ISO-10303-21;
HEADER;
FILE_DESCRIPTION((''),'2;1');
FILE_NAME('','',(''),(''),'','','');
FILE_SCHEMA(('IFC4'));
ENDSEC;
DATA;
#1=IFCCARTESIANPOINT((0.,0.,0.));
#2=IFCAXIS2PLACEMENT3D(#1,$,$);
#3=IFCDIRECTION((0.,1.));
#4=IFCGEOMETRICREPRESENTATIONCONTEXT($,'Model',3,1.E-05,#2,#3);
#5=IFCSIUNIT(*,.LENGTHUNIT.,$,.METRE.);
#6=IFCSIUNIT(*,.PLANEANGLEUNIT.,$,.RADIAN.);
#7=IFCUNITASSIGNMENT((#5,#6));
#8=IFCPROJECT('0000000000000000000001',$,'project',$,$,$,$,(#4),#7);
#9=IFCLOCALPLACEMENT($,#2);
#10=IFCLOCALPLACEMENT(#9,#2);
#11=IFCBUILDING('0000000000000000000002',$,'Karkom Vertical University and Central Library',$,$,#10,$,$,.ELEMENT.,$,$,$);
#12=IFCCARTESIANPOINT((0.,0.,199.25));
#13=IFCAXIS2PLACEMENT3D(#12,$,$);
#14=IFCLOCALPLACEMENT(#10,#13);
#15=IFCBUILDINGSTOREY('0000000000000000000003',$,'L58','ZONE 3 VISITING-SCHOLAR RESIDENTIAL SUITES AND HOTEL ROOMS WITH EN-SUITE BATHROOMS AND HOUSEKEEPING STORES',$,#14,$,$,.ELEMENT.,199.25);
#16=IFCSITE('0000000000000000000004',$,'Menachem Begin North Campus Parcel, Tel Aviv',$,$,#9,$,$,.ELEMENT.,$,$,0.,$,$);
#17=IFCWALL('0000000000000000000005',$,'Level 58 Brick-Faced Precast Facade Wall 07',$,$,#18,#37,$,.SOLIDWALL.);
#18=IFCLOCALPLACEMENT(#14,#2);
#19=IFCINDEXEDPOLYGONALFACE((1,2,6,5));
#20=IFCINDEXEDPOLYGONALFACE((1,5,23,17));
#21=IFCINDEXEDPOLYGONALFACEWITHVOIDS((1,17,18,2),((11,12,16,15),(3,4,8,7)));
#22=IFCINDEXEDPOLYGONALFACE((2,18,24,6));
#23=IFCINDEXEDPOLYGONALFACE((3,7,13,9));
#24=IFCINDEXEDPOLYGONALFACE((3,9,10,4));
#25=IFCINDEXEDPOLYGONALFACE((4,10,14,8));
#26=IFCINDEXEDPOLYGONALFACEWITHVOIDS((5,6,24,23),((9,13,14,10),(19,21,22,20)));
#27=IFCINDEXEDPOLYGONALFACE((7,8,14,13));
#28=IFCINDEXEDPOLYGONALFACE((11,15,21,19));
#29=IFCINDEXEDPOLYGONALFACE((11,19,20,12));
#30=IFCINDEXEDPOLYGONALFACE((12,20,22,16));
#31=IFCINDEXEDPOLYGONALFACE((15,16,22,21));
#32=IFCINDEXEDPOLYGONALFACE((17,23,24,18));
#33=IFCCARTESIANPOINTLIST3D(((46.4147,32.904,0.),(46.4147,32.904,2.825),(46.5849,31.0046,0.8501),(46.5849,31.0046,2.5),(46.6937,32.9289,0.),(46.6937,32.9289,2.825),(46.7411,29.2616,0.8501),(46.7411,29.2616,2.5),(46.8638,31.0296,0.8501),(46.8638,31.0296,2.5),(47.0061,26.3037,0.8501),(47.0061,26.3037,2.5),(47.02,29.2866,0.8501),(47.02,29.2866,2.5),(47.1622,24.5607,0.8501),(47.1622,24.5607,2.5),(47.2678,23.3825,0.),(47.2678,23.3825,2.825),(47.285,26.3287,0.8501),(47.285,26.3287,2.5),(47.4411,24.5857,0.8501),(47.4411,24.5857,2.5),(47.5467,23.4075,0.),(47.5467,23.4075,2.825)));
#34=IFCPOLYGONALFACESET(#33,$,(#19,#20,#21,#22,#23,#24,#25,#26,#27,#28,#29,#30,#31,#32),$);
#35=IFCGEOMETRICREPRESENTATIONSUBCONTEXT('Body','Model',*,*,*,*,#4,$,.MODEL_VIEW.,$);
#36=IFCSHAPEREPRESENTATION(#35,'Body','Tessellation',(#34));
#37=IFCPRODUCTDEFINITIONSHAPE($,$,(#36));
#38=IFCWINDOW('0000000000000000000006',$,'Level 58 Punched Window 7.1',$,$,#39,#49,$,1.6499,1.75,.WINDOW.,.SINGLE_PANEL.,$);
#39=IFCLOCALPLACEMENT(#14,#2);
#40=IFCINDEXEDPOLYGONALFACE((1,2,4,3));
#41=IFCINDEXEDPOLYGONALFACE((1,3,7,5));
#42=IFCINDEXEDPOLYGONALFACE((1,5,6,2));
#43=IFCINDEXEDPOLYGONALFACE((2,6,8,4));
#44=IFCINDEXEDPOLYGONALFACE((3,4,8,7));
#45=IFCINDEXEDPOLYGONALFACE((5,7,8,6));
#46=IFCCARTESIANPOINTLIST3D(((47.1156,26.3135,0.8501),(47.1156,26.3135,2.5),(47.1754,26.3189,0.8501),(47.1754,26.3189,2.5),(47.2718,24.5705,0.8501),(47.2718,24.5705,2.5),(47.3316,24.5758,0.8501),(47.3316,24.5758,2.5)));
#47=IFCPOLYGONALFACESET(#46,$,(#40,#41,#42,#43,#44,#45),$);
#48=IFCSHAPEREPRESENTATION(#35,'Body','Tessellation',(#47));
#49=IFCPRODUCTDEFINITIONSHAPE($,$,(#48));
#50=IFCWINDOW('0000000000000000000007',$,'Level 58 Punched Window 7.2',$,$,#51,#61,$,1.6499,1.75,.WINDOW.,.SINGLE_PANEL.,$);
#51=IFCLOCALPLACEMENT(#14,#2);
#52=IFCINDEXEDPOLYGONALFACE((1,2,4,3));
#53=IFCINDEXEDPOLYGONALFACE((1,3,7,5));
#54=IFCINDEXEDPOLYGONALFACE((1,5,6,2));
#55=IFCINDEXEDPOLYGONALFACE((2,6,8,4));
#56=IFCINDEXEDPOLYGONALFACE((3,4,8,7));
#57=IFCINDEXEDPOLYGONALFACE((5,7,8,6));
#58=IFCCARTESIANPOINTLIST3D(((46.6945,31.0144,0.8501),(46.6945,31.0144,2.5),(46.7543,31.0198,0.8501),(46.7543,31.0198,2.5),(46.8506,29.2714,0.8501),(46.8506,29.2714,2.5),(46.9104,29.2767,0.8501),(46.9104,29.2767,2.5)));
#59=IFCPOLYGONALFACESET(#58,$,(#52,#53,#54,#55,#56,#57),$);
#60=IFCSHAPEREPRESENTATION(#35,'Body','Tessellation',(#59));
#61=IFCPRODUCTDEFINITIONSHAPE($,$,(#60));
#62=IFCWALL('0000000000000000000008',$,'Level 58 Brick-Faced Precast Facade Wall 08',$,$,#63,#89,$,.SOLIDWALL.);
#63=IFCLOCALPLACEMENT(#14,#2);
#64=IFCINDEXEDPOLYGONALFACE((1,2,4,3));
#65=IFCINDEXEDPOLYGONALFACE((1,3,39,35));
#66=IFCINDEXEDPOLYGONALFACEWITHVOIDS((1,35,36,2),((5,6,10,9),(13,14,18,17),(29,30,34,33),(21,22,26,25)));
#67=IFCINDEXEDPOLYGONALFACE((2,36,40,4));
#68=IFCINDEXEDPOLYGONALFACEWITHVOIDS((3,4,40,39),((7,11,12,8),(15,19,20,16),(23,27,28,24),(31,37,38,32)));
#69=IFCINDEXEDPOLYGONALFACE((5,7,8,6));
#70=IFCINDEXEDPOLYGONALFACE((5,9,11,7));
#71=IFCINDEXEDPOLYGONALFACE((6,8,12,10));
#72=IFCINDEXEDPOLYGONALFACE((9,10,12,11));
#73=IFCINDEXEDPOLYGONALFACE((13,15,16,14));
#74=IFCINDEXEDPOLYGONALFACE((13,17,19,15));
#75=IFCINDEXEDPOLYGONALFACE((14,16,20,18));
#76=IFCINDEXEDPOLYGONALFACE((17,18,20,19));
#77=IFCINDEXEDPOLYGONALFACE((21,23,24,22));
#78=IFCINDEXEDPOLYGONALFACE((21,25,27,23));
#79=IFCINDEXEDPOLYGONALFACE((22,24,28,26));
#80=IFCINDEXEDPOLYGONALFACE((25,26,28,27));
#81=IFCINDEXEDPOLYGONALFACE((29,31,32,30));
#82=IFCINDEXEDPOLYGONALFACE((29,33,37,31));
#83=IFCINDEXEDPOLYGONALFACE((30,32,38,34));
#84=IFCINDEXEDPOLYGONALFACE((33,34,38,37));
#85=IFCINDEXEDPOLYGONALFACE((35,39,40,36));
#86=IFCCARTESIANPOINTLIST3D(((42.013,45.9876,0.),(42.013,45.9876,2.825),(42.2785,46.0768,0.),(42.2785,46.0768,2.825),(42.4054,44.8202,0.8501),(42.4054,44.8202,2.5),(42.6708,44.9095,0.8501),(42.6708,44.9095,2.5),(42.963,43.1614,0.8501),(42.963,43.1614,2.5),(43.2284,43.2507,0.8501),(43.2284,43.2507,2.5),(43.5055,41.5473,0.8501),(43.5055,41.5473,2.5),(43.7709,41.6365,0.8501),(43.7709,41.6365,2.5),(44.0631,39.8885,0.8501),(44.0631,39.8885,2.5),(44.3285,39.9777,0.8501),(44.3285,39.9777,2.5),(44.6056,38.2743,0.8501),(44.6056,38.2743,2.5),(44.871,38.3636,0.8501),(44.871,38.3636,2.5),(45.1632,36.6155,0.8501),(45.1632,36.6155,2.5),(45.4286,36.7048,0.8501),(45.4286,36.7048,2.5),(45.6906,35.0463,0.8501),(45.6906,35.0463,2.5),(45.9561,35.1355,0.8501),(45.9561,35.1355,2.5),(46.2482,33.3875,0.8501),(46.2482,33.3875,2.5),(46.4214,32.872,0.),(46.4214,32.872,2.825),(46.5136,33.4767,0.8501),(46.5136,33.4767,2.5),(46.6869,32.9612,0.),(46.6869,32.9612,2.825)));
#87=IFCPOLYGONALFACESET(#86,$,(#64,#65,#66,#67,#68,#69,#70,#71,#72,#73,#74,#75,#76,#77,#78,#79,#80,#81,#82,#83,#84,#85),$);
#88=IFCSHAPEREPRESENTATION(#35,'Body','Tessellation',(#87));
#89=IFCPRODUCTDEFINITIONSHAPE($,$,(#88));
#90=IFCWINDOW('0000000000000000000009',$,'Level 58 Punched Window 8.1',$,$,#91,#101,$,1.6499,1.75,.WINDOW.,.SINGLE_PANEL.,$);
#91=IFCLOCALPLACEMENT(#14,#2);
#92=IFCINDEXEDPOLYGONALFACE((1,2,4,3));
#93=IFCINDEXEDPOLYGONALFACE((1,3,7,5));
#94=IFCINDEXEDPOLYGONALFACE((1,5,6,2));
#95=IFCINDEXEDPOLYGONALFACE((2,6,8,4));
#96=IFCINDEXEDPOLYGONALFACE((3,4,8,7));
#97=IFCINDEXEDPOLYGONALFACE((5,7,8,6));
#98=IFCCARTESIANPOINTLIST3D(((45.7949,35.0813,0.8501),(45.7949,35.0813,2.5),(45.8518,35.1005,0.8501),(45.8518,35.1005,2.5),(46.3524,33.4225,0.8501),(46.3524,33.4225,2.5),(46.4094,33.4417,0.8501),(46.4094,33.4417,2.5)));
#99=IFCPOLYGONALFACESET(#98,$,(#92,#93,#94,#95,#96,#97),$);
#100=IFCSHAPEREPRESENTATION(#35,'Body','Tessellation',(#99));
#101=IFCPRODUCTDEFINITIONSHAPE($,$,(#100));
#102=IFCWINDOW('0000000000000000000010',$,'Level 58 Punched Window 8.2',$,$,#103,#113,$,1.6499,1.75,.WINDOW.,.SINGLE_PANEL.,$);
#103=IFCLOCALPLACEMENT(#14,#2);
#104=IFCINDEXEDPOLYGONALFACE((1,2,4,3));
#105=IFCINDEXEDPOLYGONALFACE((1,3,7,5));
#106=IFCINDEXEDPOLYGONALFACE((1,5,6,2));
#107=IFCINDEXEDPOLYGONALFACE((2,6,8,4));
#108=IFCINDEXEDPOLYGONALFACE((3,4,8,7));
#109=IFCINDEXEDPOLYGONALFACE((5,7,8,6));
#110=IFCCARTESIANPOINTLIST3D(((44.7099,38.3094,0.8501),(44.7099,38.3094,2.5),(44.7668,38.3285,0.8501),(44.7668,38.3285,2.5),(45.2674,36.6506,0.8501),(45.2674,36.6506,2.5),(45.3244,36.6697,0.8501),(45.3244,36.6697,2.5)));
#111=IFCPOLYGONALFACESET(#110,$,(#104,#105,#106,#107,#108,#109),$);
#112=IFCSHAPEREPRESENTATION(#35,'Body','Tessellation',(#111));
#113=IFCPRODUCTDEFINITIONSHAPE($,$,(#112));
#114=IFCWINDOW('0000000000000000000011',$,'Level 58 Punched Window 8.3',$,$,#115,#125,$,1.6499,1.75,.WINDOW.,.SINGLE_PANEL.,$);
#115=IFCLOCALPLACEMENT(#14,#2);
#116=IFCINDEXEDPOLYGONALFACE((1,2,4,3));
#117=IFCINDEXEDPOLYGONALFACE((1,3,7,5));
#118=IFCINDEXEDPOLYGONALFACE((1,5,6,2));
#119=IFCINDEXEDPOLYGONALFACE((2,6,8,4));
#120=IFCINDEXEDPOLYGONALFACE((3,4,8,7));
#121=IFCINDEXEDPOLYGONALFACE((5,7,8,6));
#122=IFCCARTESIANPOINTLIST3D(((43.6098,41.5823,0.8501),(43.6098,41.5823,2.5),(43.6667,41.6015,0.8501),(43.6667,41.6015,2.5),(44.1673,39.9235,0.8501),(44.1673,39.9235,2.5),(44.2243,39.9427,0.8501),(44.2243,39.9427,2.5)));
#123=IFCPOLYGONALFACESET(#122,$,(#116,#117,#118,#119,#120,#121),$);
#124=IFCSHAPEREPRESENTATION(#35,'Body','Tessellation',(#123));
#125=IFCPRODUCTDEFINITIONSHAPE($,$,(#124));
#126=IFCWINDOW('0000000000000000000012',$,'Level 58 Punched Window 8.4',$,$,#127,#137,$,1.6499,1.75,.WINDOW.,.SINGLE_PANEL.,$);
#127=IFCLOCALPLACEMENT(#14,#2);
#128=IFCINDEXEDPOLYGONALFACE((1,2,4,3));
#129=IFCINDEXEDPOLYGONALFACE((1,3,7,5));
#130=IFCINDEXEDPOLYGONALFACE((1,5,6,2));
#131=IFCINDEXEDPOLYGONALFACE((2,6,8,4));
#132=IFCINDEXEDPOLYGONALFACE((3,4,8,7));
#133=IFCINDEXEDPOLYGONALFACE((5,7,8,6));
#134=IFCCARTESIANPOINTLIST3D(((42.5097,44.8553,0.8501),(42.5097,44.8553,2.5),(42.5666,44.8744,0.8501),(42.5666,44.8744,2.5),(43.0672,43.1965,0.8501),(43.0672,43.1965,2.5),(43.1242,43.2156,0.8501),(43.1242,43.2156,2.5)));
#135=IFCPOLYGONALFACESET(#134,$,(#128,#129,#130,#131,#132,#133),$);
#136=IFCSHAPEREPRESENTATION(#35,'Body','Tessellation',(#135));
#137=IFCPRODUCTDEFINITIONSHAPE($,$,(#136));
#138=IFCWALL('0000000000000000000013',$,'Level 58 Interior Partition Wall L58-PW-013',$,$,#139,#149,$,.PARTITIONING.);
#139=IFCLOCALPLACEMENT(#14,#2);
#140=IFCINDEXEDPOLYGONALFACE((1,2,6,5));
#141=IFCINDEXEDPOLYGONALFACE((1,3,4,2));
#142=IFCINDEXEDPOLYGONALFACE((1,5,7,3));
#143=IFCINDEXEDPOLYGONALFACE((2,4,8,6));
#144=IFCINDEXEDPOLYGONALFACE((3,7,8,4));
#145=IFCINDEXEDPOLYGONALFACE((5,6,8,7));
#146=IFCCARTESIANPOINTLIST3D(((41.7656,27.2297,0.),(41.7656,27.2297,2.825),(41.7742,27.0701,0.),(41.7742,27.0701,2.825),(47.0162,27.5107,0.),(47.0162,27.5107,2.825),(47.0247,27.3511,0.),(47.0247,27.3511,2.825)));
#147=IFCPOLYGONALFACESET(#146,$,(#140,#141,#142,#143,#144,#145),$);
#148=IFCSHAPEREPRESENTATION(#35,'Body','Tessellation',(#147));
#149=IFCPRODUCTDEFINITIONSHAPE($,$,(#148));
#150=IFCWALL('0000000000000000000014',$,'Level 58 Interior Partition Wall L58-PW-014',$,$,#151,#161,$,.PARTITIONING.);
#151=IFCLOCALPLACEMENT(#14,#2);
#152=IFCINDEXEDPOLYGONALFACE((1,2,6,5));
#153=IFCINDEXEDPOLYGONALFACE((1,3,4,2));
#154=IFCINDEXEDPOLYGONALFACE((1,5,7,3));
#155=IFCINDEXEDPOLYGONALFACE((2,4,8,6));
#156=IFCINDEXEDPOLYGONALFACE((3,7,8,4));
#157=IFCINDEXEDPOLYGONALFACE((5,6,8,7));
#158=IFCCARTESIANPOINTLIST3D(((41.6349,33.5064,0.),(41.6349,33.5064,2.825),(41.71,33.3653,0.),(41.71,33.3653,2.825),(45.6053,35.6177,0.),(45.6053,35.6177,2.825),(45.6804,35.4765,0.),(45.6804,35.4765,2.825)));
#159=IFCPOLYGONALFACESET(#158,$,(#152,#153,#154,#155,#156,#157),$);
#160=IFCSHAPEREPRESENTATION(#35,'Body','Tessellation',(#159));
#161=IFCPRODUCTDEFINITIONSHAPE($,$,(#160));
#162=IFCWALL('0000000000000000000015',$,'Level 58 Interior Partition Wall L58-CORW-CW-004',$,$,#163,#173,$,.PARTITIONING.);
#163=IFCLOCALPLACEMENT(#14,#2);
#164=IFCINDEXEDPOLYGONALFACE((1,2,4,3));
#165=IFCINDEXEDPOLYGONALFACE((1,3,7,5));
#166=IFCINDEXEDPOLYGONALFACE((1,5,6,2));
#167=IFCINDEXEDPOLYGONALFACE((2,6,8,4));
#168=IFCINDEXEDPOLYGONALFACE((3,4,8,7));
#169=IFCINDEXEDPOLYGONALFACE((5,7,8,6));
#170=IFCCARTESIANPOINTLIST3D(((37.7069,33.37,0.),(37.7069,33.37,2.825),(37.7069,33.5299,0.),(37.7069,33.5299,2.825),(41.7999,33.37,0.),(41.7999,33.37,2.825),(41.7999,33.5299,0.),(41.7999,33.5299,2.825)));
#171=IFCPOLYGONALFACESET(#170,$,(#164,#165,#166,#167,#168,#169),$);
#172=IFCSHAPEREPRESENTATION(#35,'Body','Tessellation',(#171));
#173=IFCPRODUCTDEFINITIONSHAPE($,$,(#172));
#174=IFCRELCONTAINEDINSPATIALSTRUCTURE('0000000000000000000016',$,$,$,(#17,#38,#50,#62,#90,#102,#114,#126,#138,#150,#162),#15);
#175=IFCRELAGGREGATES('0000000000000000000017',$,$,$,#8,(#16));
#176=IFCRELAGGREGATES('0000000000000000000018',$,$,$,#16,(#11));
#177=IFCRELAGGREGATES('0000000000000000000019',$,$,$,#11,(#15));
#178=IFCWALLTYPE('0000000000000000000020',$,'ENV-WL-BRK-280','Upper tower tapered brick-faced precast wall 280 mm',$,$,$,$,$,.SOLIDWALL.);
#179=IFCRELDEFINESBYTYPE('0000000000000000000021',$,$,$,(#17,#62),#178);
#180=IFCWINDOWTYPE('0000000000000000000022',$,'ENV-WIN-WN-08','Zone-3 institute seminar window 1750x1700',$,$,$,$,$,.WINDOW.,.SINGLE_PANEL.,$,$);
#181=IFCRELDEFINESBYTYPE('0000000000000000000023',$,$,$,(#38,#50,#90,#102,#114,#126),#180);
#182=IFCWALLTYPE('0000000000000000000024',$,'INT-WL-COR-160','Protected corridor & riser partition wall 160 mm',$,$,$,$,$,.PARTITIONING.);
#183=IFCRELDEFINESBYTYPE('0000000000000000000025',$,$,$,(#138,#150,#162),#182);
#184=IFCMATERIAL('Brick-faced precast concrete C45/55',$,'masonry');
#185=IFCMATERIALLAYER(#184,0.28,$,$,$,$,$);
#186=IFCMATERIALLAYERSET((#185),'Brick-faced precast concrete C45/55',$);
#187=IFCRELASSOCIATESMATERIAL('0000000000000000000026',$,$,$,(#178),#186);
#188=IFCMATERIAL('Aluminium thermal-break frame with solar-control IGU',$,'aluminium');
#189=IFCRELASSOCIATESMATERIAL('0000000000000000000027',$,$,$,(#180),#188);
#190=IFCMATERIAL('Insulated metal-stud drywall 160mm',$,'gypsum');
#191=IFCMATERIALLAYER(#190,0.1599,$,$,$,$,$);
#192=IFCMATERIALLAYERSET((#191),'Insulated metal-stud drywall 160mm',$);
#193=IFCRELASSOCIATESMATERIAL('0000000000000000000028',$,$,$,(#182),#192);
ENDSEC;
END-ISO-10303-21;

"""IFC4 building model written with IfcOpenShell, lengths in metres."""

from ifc_helpers import new_model, si_unit, direction, frame, frame_2d, origin, origin_with_axes, place, context, subcontext, project, spatial, rectangle, extrude, source, transform, mapped, material, layer, layer_set, type_object, element, fill, save


model = new_model("IFC4")

# Units and contexts
model_context = context("Model", 3, precision=1e-05, world=origin(), true_north=direction((0.0, 1.0)))
body_context = subcontext(model_context, "Body", "Model", "MODEL_VIEW")
ifc_project = project(units=[si_unit("LENGTHUNIT", "METRE"), si_unit("PLANEANGLEUNIT", "RADIAN")], contexts=[model_context])

# Site, building, storey
site_placement = place(None, origin())
site = spatial("IfcSite", under=ifc_project, at=site_placement, Name="Menachem Begin North Campus Parcel, Tel Aviv", CompositionType="ELEMENT", RefElevation=0.0)
building_placement = place(site_placement, origin())
building = spatial("IfcBuilding", under=site, at=building_placement, Name="Karkom Vertical University and Central Library", CompositionType="ELEMENT")
storey_placement = place(building_placement, frame((0.0, 0.0, 199.25)))
storey = spatial("IfcBuildingStorey", under=building, at=storey_placement, Name="L58", Description="ZONE 3 VISITING-SCHOLAR RESIDENTIAL SUITES AND HOTEL ROOMS WITH EN-SUITE BATHROOMS AND HOUSEKEEPING STORES", CompositionType="ELEMENT", Elevation=199.25)

# Walls, openings, windows
ifc_material_1 = material(Name="Brick-faced precast concrete C45/55", Category="masonry")
ifc_layer_1 = layer(ifc_material_1, 0.28)
ifc_layer_set_1 = layer_set([ifc_layer_1], Name="Brick-faced precast concrete C45/55")
wall_type_1 = type_object("IfcWallType", Name="ENV-WL-BRK-280", Description="Upper tower tapered brick-faced precast wall 280 mm", PredefinedType="SOLIDWALL", material=ifc_layer_set_1)
wall_1_placement = place(storey_placement, frame((47.4072, 23.395, 0.0), z_axis=(0.0, 0.0, 1.0), x_axis=(-0.089232, 0.996011, 0.0)))
wall_1 = element("IfcWall", 1, at=wall_1_placement, inside=storey, type_object=wall_type_1, Name="Level 58 Brick-Faced Precast Facade Wall 07", PredefinedType="SOLIDWALL", context=body_context, shape_type="SweptSolid", body=[
    extrude(rectangle(XDim=9.5596, YDim=0.28, at=frame_2d((4.7798, 0.0))), origin(), (0.0, 0.0, 1.0), 2.825),
])
opening_1_placement = place(wall_1_placement, frame((1.1829, 0.0, 0.8501)))
opening_1 = element("IfcOpeningElement", 2, at=opening_1_placement, cuts=wall_1, PredefinedType="OPENING", context=body_context, shape_type="SweptSolid", body=[
    extrude(rectangle(XDim=1.75, YDim=1.6499, at=frame_2d((0.875, 0.825))), frame((0.0, 0.1499, 0.0), z_axis=(0.0, -1.0, 0.0), x_axis=(1.0, 0.0, 0.0)), (0.0, 0.0, 1.0), 0.3),
])
opening_2_placement = place(wall_1_placement, frame((5.9026, 0.0, 0.8501)))
opening_2 = element("IfcOpeningElement", 3, at=opening_2_placement, cuts=wall_1, PredefinedType="OPENING", context=body_context, shape_type="SweptSolid", body=[
    extrude(rectangle(XDim=1.75, YDim=1.6499, at=frame_2d((0.875, 0.825))), frame((0.0, 0.1499, 0.0), z_axis=(0.0, -1.0, 0.0), x_axis=(1.0, 0.0, 0.0)), (0.0, 0.0, 1.0), 0.3),
])
ifc_material_2 = material(Name="Aluminium thermal-break frame with solar-control IGU", Category="aluminium")
window_type = type_object("IfcWindowType", Name="ENV-WIN-WN-08", Description="Zone-3 institute seminar window 1750x1700", PartitioningType="SINGLE_PANEL", PredefinedType="WINDOW", material=ifc_material_2)
shared_shape_1 = source(origin_with_axes(), body_context, "Body", "SweptSolid", [
    extrude(rectangle(XDim=1.75, YDim=1.6499, at=frame_2d((0.875, 0.825))), frame((0.0, 0.03, 0.0), z_axis=(0.0, -1.0, 0.0), x_axis=(1.0, 0.0, 0.0)), (0.0, 0.0, 1.0), 0.0601),
])
window_1_placement = place(opening_1_placement, origin())
window_1 = element("IfcWindow", 4, at=window_1_placement, inside=storey, type_object=window_type, Name="Level 58 Punched Window 7.1", OverallHeight=1.6499, OverallWidth=1.75, PartitioningType="SINGLE_PANEL", PredefinedType="WINDOW", context=body_context, shape_type="MappedRepresentation", body=[
    mapped(shared_shape_1, transform((0.0, 0.0, 0.0), scale=1.0)),
])
fill(opening_1, window_1)
window_2_placement = place(opening_2_placement, origin())
window_2 = element("IfcWindow", 5, at=window_2_placement, inside=storey, type_object=window_type, Name="Level 58 Punched Window 7.2", OverallHeight=1.6499, OverallWidth=1.75, PartitioningType="SINGLE_PANEL", PredefinedType="WINDOW", context=body_context, shape_type="MappedRepresentation", body=[
    mapped(shared_shape_1, transform((0.0, 0.0, 0.0), scale=1.0)),
])
fill(opening_2, window_2)
wall_2_placement = place(storey_placement, frame((46.5542, 32.9165, 0.0), z_axis=(0.0, 0.0, 1.0), x_axis=(-0.318603, 0.947888, 0.0)))
wall_2 = element("IfcWall", 6, at=wall_2_placement, inside=storey, type_object=wall_type_1, Name="Level 58 Brick-Faced Precast Facade Wall 08", PredefinedType="SOLIDWALL", context=body_context, shape_type="SweptSolid", body=[
    extrude(rectangle(XDim=13.8367, YDim=0.28, at=frame_2d((6.9185, 0.0))), origin(), (0.0, 0.0, 1.0), 2.825),
])
opening_3_placement = place(wall_2_placement, frame((0.5439, 0.0, 0.8501)))
opening_3 = element("IfcOpeningElement", 7, at=opening_3_placement, cuts=wall_2, PredefinedType="OPENING", context=body_context, shape_type="SweptSolid", body=[
    extrude(rectangle(XDim=1.75, YDim=1.6499, at=frame_2d((0.875, 0.825))), frame((0.0, 0.1499, 0.0), z_axis=(0.0, -1.0, 0.0), x_axis=(1.0, 0.0, 0.0)), (0.0, 0.0, 1.0), 0.3),
])
opening_4_placement = place(wall_2_placement, frame((3.9495, 0.0, 0.8501)))
opening_4 = element("IfcOpeningElement", 8, at=opening_4_placement, cuts=wall_2, PredefinedType="OPENING", context=body_context, shape_type="SweptSolid", body=[
    extrude(rectangle(XDim=1.75, YDim=1.6499, at=frame_2d((0.875, 0.825))), frame((0.0, 0.1499, 0.0), z_axis=(0.0, -1.0, 0.0), x_axis=(1.0, 0.0, 0.0)), (0.0, 0.0, 1.0), 0.3),
])
opening_5_placement = place(wall_2_placement, frame((7.4023, 0.0, 0.8501)))
opening_5 = element("IfcOpeningElement", 9, at=opening_5_placement, cuts=wall_2, PredefinedType="OPENING", context=body_context, shape_type="SweptSolid", body=[
    extrude(rectangle(XDim=1.75, YDim=1.6499, at=frame_2d((0.875, 0.825))), frame((0.0, 0.1499, 0.0), z_axis=(0.0, -1.0, 0.0), x_axis=(1.0, 0.0, 0.0)), (0.0, 0.0, 1.0), 0.3),
])
opening_6_placement = place(wall_2_placement, frame((10.8552, 0.0, 0.8501)))
opening_6 = element("IfcOpeningElement", 10, at=opening_6_placement, cuts=wall_2, PredefinedType="OPENING", context=body_context, shape_type="SweptSolid", body=[
    extrude(rectangle(XDim=1.75, YDim=1.6499, at=frame_2d((0.875, 0.825))), frame((0.0, 0.1499, 0.0), z_axis=(0.0, -1.0, 0.0), x_axis=(1.0, 0.0, 0.0)), (0.0, 0.0, 1.0), 0.3),
])
window_3_placement = place(opening_3_placement, origin())
window_3 = element("IfcWindow", 11, at=window_3_placement, inside=storey, type_object=window_type, Name="Level 58 Punched Window 8.1", OverallHeight=1.6499, OverallWidth=1.75, PartitioningType="SINGLE_PANEL", PredefinedType="WINDOW", context=body_context, shape_type="MappedRepresentation", body=[
    mapped(shared_shape_1, transform((0.0, 0.0, 0.0), scale=1.0)),
])
fill(opening_3, window_3)
window_4_placement = place(opening_4_placement, origin())
window_4 = element("IfcWindow", 12, at=window_4_placement, inside=storey, type_object=window_type, Name="Level 58 Punched Window 8.2", OverallHeight=1.6499, OverallWidth=1.75, PartitioningType="SINGLE_PANEL", PredefinedType="WINDOW", context=body_context, shape_type="MappedRepresentation", body=[
    mapped(shared_shape_1, transform((0.0, 0.0, 0.0), scale=1.0)),
])
fill(opening_4, window_4)
window_5_placement = place(opening_5_placement, origin())
window_5 = element("IfcWindow", 13, at=window_5_placement, inside=storey, type_object=window_type, Name="Level 58 Punched Window 8.3", OverallHeight=1.6499, OverallWidth=1.75, PartitioningType="SINGLE_PANEL", PredefinedType="WINDOW", context=body_context, shape_type="MappedRepresentation", body=[
    mapped(shared_shape_1, transform((0.0, 0.0, 0.0), scale=1.0)),
])
fill(opening_5, window_5)
window_6_placement = place(opening_6_placement, origin())
window_6 = element("IfcWindow", 14, at=window_6_placement, inside=storey, type_object=window_type, Name="Level 58 Punched Window 8.4", OverallHeight=1.6499, OverallWidth=1.75, PartitioningType="SINGLE_PANEL", PredefinedType="WINDOW", context=body_context, shape_type="MappedRepresentation", body=[
    mapped(shared_shape_1, transform((0.0, 0.0, 0.0), scale=1.0)),
])
fill(opening_6, window_6)

# Shared definitions
ifc_material_3 = material(Name="Insulated metal-stud drywall 160mm", Category="gypsum")
ifc_layer_2 = layer(ifc_material_3, 0.1599)
ifc_layer_set_2 = layer_set([ifc_layer_2], Name="Insulated metal-stud drywall 160mm")
wall_type_2 = type_object("IfcWallType", Name="INT-WL-COR-160", Description="Protected corridor & riser partition wall 160 mm", PredefinedType="PARTITIONING", material=ifc_layer_set_2)

# Walls
wall_3_placement = place(storey_placement, frame((41.77, 27.1499, 0.0), z_axis=(0.0, 0.0, 1.0), x_axis=(0.998571, 0.053443, 0.0)))
element("IfcWall", 15, at=wall_3_placement, inside=storey, type_object=wall_type_2, Name="Level 58 Interior Partition Wall L58-PW-013", PredefinedType="PARTITIONING", context=body_context, shape_type="SweptSolid", body=[
    extrude(rectangle(XDim=5.2581, YDim=0.1599, at=frame_2d((2.6289, 0.0))), origin(), (0.0, 0.0, 1.0), 2.825),
])
wall_4_placement = place(storey_placement, frame((41.6724, 33.4358, 0.0), z_axis=(0.0, 0.0, 1.0), x_axis=(0.882929, 0.469506, 0.0)))
element("IfcWall", 16, at=wall_4_placement, inside=storey, type_object=wall_type_2, Name="Level 58 Interior Partition Wall L58-PW-014", PredefinedType="PARTITIONING", context=body_context, shape_type="SweptSolid", body=[
    extrude(rectangle(XDim=4.4968, YDim=0.1599, at=frame_2d((2.2485, 0.0))), origin(), (0.0, 0.0, 1.0), 2.825),
])
wall_5_placement = place(storey_placement, frame((37.707, 33.45, 0.0), z_axis=(0.0, 0.0, 1.0), x_axis=(1.0, 0.0, 0.0)))
element("IfcWall", 17, at=wall_5_placement, inside=storey, type_object=wall_type_2, Name="Level 58 Interior Partition Wall L58-CORW-CW-004", PredefinedType="PARTITIONING", context=body_context, shape_type="SweptSolid", body=[
    extrude(rectangle(XDim=4.093, YDim=0.1599, at=frame_2d((2.0464, 0.0))), origin(), (0.0, 0.0, 1.0), 2.825),
])

save(model, "model.ifc")
